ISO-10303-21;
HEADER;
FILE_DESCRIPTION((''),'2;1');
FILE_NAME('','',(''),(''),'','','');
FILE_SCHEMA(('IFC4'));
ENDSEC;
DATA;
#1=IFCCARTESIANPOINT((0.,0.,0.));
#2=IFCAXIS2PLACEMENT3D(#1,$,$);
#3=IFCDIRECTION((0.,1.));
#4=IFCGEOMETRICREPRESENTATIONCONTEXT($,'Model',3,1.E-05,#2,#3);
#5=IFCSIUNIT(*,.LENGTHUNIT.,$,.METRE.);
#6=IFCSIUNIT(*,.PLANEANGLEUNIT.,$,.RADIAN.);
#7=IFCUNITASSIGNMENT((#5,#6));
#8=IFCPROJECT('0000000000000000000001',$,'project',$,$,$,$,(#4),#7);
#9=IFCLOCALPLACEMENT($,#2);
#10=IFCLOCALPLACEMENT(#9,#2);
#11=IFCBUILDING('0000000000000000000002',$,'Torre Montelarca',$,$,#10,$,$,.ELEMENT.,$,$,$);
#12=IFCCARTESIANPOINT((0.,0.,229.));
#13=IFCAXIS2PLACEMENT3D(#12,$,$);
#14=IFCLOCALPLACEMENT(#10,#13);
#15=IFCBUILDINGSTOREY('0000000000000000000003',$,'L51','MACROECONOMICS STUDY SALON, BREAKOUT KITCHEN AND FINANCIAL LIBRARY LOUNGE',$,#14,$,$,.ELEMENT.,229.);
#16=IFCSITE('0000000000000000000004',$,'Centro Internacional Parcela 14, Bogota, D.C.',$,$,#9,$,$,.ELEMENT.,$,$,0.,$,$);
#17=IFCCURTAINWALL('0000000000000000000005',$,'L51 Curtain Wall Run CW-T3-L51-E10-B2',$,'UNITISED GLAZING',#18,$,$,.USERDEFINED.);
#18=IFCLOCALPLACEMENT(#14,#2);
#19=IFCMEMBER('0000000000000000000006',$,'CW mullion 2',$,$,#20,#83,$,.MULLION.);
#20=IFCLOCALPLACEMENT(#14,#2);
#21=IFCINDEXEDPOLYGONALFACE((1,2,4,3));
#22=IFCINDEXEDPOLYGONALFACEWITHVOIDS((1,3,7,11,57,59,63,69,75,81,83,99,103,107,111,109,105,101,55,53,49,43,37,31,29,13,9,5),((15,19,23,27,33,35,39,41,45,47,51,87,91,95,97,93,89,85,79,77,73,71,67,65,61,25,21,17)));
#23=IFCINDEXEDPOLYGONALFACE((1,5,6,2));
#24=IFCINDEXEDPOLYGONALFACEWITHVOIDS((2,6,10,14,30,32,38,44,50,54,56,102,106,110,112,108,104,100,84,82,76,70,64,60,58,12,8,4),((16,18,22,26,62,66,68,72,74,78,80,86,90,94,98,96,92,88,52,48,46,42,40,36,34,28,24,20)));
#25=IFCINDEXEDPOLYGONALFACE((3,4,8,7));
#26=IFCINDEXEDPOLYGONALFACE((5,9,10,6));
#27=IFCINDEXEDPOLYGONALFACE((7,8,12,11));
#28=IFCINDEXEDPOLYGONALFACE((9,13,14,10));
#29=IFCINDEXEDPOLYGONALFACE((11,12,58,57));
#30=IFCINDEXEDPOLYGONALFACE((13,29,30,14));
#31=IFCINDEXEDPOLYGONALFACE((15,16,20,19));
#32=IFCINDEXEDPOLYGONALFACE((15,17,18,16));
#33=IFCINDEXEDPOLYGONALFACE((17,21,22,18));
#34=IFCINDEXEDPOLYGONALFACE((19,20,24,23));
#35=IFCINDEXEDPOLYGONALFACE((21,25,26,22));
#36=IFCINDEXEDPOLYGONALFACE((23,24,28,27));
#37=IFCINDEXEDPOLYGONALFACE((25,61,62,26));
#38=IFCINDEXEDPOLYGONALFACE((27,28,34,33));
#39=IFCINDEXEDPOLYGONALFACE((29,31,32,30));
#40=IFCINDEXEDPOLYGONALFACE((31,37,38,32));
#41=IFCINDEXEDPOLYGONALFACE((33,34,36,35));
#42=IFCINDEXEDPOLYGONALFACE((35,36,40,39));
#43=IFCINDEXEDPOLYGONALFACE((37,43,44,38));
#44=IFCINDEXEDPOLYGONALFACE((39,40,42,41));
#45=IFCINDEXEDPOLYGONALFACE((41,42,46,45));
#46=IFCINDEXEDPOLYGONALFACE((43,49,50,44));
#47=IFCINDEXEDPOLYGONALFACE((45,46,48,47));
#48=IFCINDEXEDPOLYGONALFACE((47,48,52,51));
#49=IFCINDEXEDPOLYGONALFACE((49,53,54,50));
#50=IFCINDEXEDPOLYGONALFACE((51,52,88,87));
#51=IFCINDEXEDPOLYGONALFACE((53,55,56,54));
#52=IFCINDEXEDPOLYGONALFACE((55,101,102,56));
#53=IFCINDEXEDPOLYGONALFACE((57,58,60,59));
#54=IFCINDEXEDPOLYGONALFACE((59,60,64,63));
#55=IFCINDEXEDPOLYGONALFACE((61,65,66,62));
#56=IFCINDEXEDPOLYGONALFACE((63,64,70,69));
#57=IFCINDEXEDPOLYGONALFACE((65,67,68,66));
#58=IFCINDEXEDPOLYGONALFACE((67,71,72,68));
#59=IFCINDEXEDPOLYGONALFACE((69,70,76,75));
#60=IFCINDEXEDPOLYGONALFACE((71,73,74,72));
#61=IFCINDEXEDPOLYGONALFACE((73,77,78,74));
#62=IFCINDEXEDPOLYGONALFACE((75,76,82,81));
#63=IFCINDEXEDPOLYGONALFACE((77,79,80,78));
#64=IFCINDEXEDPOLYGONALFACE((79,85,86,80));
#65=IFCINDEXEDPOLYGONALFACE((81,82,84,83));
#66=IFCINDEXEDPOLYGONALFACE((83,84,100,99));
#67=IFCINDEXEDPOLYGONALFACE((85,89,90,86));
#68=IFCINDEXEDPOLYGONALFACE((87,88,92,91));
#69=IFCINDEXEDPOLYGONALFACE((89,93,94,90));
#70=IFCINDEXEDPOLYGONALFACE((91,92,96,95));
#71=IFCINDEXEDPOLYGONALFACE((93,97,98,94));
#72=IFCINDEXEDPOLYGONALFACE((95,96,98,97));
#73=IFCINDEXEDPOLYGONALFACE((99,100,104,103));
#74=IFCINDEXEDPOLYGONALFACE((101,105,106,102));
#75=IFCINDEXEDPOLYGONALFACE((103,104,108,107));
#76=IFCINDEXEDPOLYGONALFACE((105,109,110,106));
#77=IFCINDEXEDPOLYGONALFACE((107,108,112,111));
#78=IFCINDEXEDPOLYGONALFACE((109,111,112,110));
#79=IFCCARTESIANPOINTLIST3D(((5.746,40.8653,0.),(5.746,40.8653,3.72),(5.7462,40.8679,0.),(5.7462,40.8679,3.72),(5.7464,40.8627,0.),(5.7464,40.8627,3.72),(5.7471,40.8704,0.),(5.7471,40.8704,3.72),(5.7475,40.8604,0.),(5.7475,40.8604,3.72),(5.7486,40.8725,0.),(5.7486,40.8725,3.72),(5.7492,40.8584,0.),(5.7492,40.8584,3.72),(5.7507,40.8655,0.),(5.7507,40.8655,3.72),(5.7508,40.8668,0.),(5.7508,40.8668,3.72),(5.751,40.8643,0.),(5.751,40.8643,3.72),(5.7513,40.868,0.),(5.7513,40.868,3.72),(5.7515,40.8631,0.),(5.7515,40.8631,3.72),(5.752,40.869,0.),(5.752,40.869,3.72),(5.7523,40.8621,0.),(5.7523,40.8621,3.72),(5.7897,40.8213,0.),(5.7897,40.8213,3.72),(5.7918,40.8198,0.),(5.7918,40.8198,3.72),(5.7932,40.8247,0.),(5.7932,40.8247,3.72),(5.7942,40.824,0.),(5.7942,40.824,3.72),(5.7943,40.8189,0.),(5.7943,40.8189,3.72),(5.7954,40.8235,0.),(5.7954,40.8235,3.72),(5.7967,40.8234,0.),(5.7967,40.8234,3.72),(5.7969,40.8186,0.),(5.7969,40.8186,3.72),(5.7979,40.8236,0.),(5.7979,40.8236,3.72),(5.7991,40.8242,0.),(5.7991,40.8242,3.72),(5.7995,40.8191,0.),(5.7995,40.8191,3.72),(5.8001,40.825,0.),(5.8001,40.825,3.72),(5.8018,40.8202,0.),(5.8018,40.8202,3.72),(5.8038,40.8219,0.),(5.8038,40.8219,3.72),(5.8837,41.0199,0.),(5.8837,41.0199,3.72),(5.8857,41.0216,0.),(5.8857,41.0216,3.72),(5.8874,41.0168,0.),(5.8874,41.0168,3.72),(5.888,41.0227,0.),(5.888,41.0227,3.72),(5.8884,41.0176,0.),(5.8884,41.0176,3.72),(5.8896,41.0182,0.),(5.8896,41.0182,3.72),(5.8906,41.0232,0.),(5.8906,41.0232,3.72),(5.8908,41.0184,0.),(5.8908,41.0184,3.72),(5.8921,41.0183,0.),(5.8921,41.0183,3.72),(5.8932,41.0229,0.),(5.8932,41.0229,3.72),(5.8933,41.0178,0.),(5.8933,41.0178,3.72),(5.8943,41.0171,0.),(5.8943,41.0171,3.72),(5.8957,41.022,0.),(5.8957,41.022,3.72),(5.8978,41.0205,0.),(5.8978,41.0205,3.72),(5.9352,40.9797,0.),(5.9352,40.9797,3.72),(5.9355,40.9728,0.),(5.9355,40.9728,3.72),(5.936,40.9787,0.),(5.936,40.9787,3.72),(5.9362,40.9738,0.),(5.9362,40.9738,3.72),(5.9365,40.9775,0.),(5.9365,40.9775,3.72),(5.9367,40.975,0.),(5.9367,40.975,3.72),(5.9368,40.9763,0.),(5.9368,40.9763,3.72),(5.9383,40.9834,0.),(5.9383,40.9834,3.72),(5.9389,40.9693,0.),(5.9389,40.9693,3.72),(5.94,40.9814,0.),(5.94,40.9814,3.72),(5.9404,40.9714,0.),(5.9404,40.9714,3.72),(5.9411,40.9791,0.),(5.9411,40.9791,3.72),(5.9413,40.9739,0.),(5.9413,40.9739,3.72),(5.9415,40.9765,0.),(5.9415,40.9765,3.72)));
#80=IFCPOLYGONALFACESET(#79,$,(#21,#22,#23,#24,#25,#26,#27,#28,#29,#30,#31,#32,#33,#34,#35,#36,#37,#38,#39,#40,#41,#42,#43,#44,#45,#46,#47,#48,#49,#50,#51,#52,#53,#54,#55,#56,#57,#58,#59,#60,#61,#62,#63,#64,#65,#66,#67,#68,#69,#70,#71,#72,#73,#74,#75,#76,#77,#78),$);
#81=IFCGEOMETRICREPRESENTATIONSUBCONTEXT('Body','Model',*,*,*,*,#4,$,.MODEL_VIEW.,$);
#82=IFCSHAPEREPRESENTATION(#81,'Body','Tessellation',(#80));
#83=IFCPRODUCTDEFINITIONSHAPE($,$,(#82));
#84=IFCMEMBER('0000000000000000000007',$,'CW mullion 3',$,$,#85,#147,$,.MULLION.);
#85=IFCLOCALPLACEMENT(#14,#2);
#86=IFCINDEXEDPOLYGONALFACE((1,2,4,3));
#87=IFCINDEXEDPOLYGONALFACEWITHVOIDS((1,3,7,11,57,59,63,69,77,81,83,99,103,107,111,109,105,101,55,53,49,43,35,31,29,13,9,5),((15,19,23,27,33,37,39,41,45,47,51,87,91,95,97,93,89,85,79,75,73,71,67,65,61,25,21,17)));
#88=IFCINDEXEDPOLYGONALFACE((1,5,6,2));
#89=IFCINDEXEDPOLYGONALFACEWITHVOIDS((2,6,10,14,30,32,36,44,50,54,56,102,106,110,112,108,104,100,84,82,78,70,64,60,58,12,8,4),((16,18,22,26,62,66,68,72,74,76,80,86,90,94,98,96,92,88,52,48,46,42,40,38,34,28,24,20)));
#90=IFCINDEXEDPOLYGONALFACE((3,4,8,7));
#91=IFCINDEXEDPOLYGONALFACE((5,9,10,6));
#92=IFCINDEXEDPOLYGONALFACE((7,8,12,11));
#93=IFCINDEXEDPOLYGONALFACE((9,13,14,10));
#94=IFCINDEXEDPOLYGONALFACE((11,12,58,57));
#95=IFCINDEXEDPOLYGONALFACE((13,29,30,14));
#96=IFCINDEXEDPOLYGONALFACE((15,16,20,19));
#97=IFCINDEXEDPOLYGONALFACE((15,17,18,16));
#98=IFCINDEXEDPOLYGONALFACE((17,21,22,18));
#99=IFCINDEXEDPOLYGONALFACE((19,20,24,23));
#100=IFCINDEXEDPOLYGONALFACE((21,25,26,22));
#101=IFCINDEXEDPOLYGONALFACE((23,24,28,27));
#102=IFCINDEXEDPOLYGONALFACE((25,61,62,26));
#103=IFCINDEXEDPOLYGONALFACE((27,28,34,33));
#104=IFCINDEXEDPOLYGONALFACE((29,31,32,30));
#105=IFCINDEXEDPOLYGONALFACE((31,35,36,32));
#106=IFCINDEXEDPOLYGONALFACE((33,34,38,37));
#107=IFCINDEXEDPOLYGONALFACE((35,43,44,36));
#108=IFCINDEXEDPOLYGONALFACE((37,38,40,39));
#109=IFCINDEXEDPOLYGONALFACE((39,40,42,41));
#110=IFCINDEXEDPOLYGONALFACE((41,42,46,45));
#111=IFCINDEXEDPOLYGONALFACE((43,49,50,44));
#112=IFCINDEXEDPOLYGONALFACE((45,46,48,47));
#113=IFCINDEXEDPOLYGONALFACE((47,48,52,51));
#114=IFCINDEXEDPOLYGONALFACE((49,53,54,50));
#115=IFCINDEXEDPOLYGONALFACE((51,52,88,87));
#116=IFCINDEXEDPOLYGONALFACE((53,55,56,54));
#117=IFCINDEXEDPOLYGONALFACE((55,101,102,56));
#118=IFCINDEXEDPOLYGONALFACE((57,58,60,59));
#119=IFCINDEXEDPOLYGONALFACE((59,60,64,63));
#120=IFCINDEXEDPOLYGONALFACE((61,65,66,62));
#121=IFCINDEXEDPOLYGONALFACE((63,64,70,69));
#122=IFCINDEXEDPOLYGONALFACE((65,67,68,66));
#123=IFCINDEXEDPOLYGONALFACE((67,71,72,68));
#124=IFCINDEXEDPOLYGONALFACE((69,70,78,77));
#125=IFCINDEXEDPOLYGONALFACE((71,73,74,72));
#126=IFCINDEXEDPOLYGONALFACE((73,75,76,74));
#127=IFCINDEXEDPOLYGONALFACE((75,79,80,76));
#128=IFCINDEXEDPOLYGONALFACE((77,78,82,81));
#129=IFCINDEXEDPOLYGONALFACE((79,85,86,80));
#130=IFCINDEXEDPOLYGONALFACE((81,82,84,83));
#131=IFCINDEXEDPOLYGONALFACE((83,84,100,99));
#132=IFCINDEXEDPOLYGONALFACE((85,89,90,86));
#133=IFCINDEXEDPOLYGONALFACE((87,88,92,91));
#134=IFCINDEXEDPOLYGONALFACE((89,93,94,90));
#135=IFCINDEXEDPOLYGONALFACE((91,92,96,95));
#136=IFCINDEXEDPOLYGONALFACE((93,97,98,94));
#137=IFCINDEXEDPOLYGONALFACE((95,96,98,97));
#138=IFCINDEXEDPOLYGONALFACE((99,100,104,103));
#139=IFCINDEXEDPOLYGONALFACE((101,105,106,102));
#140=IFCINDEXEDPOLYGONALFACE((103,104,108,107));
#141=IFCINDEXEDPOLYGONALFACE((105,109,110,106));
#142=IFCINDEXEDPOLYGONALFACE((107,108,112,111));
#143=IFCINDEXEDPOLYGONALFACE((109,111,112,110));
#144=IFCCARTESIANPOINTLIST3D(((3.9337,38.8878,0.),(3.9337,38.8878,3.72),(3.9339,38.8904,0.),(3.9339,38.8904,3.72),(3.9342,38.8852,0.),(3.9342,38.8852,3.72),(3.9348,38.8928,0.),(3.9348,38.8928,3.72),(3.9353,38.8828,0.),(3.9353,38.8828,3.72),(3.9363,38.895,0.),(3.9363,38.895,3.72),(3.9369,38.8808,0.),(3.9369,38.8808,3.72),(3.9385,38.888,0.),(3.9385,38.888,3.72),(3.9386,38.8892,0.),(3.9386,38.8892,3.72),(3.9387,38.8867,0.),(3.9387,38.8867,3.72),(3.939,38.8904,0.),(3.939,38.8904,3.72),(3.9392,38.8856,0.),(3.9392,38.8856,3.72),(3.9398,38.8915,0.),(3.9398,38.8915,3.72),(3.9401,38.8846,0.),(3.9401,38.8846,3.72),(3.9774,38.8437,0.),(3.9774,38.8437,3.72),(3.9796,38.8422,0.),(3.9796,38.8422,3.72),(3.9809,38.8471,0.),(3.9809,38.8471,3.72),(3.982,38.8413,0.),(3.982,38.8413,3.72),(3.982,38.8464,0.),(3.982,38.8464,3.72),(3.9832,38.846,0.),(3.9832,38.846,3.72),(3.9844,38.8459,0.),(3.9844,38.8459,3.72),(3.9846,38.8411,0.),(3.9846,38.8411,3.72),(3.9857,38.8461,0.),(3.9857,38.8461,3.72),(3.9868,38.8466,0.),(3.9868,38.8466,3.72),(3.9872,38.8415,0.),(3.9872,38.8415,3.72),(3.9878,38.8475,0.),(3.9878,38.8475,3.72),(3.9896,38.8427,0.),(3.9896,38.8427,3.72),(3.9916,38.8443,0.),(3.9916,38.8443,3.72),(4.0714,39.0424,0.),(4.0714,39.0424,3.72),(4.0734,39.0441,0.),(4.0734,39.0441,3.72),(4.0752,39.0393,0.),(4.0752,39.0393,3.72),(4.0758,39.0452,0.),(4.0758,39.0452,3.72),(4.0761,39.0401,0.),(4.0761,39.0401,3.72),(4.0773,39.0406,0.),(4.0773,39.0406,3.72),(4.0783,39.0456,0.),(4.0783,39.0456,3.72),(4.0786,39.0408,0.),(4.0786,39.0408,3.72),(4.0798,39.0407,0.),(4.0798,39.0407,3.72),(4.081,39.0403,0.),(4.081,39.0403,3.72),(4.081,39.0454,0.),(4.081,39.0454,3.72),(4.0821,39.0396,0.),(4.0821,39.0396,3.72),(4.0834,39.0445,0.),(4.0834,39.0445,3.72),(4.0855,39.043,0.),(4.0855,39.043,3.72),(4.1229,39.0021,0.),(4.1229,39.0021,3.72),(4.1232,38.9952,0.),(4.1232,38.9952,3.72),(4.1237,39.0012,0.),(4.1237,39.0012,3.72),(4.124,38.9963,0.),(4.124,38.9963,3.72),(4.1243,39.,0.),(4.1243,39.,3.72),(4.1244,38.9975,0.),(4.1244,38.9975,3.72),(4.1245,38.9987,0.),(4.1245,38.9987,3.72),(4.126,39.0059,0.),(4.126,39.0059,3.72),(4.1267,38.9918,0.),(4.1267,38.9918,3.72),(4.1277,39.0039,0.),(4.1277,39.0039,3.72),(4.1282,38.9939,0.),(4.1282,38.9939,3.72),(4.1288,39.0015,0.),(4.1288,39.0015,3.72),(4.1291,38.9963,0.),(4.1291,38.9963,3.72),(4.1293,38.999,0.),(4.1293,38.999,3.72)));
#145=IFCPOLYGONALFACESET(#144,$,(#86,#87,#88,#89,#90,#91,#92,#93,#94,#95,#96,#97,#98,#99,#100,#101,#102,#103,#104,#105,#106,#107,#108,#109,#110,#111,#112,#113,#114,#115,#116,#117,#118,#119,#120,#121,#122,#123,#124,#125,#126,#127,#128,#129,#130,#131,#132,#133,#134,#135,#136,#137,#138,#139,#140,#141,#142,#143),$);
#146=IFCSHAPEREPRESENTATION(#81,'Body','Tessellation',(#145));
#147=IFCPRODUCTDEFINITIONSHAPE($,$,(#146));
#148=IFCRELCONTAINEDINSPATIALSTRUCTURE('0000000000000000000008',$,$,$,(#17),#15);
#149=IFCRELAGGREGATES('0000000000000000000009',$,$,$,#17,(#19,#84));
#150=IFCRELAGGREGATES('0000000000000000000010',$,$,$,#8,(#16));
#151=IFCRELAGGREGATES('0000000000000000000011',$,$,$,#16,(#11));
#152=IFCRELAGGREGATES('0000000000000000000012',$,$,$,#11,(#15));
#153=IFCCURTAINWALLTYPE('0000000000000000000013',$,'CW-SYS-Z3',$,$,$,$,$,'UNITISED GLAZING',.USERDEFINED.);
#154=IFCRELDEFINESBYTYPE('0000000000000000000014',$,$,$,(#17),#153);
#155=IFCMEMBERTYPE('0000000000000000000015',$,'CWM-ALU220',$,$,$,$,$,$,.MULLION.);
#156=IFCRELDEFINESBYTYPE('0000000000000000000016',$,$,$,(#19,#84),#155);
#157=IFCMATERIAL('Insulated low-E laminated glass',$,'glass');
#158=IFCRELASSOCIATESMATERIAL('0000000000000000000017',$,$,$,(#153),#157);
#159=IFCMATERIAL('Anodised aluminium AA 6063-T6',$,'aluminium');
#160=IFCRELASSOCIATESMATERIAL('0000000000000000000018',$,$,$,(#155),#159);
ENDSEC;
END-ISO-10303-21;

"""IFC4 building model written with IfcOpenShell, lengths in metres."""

from ifc_helpers import new_model, si_unit, direction, frame, origin, origin_2d, place, context, subcontext, project, spatial, hollow_rectangle, extrude, source, transform, mapped, material, material_profile, profile_set, type_object, element, aggregate, save


model = new_model("IFC4")

# Units and contexts
model_context = context("Model", 3, precision=1e-05, world=origin(), true_north=direction((0.0, 1.0)))
body_context = subcontext(model_context, "Body", "Model", "MODEL_VIEW")
ifc_project = project(units=[si_unit("LENGTHUNIT", "METRE"), si_unit("PLANEANGLEUNIT", "RADIAN")], contexts=[model_context])

# Site, building, storey
site_placement = place(None, origin())
site = spatial("IfcSite", under=ifc_project, at=site_placement, Name="Centro Internacional Parcela 14, Bogota, D.C.", CompositionType="ELEMENT", RefElevation=0.0)
building_placement = place(site_placement, origin())
building = spatial("IfcBuilding", under=site, at=building_placement, Name="Torre Montelarca", CompositionType="ELEMENT")
storey_placement = place(building_placement, frame((0.0, 0.0, 229.0)))
storey = spatial("IfcBuildingStorey", under=building, at=storey_placement, Name="L51", Description="MACROECONOMICS STUDY SALON, BREAKOUT KITCHEN AND FINANCIAL LIBRARY LOUNGE", CompositionType="ELEMENT", Elevation=229.0)

# Shared definitions
ifc_material_1 = material(Name="Insulated low-E laminated glass", Category="glass")
curtain_wall_type = type_object("IfcCurtainWallType", Name="CW-SYS-Z3", ElementType="UNITISED GLAZING", PredefinedType="USERDEFINED", material=ifc_material_1)
ifc_material_2 = material(Name="Anodised aluminium AA 6063-T6", Category="aluminium")
ifc_material_profile_1 = material_profile(ifc_material_2, hollow_rectangle(XDim=0.075, YDim=0.22, WallThickness=0.0049, InnerFilletRadius=0.0049, OuterFilletRadius=0.01, at=origin_2d()), Name="ALU75X220X5", Category="aluminium")
ifc_profile_set_1 = profile_set([ifc_material_profile_1], Name="Anodised aluminium AA 6063-T6")
member_type_1 = type_object("IfcMemberType", Name="CWM-ALU220", PredefinedType="MULLION", material=ifc_profile_set_1)
shared_shape_1 = source(origin(), body_context, "Body", "SweptSolid", [
    extrude(hollow_rectangle(XDim=0.075, YDim=0.22, WallThickness=0.0049, InnerFilletRadius=0.0049, OuterFilletRadius=0.01, at=origin_2d()), origin(), (0.0, 0.0, 1.0), 3.72),
])

# Curtain wall, members
curtain_wall_1_placement = place(storey_placement, origin())
curtain_wall_1 = element("IfcCurtainWall", 1, at=curtain_wall_1_placement, inside=storey, type_object=curtain_wall_type, Name="L51 Curtain Wall Run CW-T3-L51-E10-B2", ObjectType="UNITISED GLAZING", PredefinedType="USERDEFINED")
member_1_placement = place(storey_placement, frame((5.8438, 40.9209, 0.0), z_axis=(0.0, 0.0, 1.0), x_axis=(0.737279, -0.675588, 0.0)))
member_1 = element("IfcMember", 2, at=member_1_placement, type_object=member_type_1, Name="CW mullion 2", PredefinedType="MULLION", context=body_context, shape_type="MappedRepresentation", body=[
    mapped(shared_shape_1, transform((0.0, 0.0, 0.0), scale=1.0)),
])
member_2_placement = place(storey_placement, frame((4.0315, 38.9434, 0.0), z_axis=(0.0, 0.0, 1.0), x_axis=(0.737279, -0.675588, 0.0)))
member_2 = element("IfcMember", 3, at=member_2_placement, type_object=member_type_1, Name="CW mullion 3", PredefinedType="MULLION", context=body_context, shape_type="MappedRepresentation", body=[
    mapped(shared_shape_1, transform((0.0, 0.0, 0.0), scale=1.0)),
])

aggregate(curtain_wall_1, [member_1, member_2])

save(model, "model.ifc")
